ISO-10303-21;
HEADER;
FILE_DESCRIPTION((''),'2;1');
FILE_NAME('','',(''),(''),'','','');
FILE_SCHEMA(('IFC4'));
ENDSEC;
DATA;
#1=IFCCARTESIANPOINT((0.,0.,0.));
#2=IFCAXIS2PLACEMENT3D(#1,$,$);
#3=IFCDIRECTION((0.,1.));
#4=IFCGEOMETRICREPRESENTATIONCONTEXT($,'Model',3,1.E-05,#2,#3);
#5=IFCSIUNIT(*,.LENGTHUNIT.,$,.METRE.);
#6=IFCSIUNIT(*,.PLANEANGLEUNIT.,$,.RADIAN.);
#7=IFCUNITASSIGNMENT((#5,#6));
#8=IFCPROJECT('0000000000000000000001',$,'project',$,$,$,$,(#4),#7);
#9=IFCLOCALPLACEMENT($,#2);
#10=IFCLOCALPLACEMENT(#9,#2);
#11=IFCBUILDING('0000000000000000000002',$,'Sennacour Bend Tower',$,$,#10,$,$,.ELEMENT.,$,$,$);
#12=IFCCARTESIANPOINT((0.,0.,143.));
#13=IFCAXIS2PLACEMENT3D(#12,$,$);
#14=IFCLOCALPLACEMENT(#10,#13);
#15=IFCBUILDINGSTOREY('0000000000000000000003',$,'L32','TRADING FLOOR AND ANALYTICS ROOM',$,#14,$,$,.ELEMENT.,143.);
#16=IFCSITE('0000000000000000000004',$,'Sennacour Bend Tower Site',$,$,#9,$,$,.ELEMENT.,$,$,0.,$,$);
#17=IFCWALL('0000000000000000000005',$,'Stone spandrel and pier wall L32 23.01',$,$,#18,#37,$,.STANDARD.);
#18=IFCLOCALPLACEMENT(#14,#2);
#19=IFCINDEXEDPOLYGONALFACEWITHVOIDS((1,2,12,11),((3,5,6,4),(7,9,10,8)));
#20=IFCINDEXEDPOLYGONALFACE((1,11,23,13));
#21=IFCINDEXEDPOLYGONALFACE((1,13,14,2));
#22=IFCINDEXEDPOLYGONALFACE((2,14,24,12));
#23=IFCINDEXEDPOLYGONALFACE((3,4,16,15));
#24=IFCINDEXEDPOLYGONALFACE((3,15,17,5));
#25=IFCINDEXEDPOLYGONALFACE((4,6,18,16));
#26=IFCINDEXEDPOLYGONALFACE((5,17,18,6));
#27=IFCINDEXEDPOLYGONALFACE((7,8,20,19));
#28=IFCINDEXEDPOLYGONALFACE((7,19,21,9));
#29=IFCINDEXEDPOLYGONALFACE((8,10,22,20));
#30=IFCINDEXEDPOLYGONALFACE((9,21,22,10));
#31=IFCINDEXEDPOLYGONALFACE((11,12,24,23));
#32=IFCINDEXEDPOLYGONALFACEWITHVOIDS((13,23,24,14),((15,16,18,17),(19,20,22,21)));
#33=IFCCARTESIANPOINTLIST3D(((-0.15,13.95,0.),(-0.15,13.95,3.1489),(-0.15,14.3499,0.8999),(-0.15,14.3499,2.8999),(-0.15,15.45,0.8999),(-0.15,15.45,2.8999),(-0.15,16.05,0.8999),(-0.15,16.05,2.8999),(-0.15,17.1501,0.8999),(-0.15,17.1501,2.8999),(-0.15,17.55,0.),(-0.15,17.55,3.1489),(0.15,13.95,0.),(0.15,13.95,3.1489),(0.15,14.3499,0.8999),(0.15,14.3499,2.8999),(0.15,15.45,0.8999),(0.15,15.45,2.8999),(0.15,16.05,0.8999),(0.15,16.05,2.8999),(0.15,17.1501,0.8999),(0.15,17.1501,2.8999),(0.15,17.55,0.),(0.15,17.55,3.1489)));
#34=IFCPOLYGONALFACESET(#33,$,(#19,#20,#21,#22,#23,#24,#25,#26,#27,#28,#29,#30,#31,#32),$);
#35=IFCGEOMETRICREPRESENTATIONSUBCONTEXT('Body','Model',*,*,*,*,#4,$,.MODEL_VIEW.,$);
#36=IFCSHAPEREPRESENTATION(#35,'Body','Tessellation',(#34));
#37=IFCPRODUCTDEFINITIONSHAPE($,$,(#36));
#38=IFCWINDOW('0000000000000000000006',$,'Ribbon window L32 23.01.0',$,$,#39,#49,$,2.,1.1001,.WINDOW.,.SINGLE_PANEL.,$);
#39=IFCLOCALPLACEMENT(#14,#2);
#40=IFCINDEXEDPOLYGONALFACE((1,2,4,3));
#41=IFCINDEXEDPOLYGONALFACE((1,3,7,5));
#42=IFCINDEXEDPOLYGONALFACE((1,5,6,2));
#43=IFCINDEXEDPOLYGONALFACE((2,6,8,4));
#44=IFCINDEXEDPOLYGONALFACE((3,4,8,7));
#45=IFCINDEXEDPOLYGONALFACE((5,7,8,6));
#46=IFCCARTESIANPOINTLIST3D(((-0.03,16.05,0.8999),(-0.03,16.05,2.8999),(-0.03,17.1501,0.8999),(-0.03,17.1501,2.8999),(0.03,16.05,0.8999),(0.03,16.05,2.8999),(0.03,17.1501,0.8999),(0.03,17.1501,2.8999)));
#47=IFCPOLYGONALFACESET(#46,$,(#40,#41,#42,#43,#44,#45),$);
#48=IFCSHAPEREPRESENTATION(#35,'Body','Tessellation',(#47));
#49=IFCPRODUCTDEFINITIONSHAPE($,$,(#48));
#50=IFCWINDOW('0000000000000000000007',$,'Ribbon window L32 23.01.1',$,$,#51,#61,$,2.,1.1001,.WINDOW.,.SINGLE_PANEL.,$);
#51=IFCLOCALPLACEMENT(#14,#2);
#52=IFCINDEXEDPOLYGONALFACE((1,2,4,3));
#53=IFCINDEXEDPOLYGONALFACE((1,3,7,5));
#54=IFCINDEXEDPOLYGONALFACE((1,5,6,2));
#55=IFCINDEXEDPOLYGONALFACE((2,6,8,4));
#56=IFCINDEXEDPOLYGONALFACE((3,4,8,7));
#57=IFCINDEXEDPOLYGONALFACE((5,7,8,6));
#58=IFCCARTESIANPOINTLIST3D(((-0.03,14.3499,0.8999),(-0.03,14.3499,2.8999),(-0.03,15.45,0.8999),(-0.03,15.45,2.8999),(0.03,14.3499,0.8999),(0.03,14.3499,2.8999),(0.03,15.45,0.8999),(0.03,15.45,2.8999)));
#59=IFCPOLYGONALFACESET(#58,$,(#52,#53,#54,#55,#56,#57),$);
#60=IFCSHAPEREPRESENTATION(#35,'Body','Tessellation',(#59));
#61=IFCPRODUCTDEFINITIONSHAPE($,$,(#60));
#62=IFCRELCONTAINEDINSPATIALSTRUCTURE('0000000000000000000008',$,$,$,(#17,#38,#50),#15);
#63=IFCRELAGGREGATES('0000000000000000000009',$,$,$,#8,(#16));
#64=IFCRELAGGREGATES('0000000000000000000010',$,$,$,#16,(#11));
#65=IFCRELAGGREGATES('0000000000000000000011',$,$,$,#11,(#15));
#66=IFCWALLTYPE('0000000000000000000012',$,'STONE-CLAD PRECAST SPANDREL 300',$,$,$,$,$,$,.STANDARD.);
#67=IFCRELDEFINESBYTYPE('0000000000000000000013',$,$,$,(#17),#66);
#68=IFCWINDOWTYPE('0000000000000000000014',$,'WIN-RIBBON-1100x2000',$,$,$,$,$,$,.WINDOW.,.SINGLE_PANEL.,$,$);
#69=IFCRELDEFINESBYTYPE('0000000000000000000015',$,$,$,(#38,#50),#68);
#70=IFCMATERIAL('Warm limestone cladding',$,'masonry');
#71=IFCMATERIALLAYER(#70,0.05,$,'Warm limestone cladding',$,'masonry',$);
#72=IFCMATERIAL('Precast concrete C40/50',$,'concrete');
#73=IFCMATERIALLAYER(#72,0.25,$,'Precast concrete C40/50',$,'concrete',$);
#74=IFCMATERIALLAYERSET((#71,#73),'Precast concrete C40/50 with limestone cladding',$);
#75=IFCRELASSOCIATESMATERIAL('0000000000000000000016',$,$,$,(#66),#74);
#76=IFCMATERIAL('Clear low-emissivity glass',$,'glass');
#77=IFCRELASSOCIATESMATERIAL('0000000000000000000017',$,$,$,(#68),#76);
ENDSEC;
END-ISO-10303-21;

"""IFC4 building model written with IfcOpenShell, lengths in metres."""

from ifc_helpers import new_model, si_unit, direction, frame, frame_2d, origin, place, context, subcontext, project, spatial, rectangle, extrude, material, layer, layer_set, type_object, element, fill, save


model = new_model("IFC4")

# Units and contexts
model_context = context("Model", 3, precision=1e-05, world=origin(), true_north=direction((0.0, 1.0)))
body_context = subcontext(model_context, "Body", "Model", "MODEL_VIEW")
ifc_project = project(units=[si_unit("LENGTHUNIT", "METRE"), si_unit("PLANEANGLEUNIT", "RADIAN")], contexts=[model_context])

# Site, building, storey
site_placement = place(None, origin())
site = spatial("IfcSite", under=ifc_project, at=site_placement, Name="Sennacour Bend Tower Site", CompositionType="ELEMENT", RefElevation=0.0)
building_placement = place(site_placement, origin())
building = spatial("IfcBuilding", under=site, at=building_placement, Name="Sennacour Bend Tower", CompositionType="ELEMENT")
storey_placement = place(building_placement, frame((0.0, 0.0, 143.0)))
storey = spatial("IfcBuildingStorey", under=building, at=storey_placement, Name="L32", Description="TRADING FLOOR AND ANALYTICS ROOM", CompositionType="ELEMENT", Elevation=143.0)

# Shared definitions
ifc_material_1 = material(Name="Warm limestone cladding", Category="masonry")
ifc_layer_1 = layer(ifc_material_1, 0.05, Name="Warm limestone cladding", Category="masonry")
ifc_material_2 = material(Name="Precast concrete C40/50", Category="concrete")
ifc_layer_2 = layer(ifc_material_2, 0.25, Name="Precast concrete C40/50", Category="concrete")
ifc_layer_set_1 = layer_set([ifc_layer_1, ifc_layer_2], Name="Precast concrete C40/50 with limestone cladding")
wall_type_1 = type_object("IfcWallType", Name="STONE-CLAD PRECAST SPANDREL 300", PredefinedType="STANDARD", material=ifc_layer_set_1)
ifc_material_3 = material(Name="Clear low-emissivity glass", Category="glass")
window_type = type_object("IfcWindowType", Name="WIN-RIBBON-1100x2000", PartitioningType="SINGLE_PANEL", PredefinedType="WINDOW", material=ifc_material_3)

# Wall, openings, windows
wall_1_placement = place(storey_placement, frame((0.0, 17.55, 0.0), z_axis=(0.0, 0.0, 1.0), x_axis=(0.0, -1.0, 0.0)))
wall_1 = element("IfcWall", 1, at=wall_1_placement, inside=storey, type_object=wall_type_1, Name="Stone spandrel and pier wall L32 23.01", PredefinedType="STANDARD", context=body_context, shape_type="SweptSolid", body=[
    extrude(rectangle(XDim=3.6001, YDim=0.3, at=frame_2d((1.8, 0.0))), origin(), (0.0, 0.0, 1.0), 3.1489),
])
opening_1_placement = place(wall_1_placement, frame((0.3999, 0.0, 0.8999)))
opening_1 = element("IfcOpeningElement", 2, at=opening_1_placement, cuts=wall_1, PredefinedType="OPENING", context=body_context, shape_type="SweptSolid", body=[
    extrude(rectangle(XDim=1.1001, YDim=2.0, at=frame_2d((0.55, 1.0))), frame((0.0, 0.1602, 0.0), z_axis=(0.0, -1.0, 0.0), x_axis=(1.0, 0.0, 0.0)), (0.0, 0.0, 1.0), 0.3201),
])
opening_2_placement = place(wall_1_placement, frame((2.1001, 0.0, 0.8999)))
opening_2 = element("IfcOpeningElement", 3, at=opening_2_placement, cuts=wall_1, PredefinedType="OPENING", context=body_context, shape_type="SweptSolid", body=[
    extrude(rectangle(XDim=1.1001, YDim=2.0, at=frame_2d((0.55, 1.0))), frame((0.0, 0.1602, 0.0), z_axis=(0.0, -1.0, 0.0), x_axis=(1.0, 0.0, 0.0)), (0.0, 0.0, 1.0), 0.3201),
])
window_1_placement = place(opening_1_placement, origin())
window_1 = element("IfcWindow", 4, at=window_1_placement, inside=storey, type_object=window_type, Name="Ribbon window L32 23.01.0", OverallHeight=2.0, OverallWidth=1.1001, PartitioningType="SINGLE_PANEL", PredefinedType="WINDOW", context=body_context, shape_type="SweptSolid", body=[
    extrude(rectangle(XDim=1.1001, YDim=2.0, at=frame_2d((0.55, 1.0))), frame((0.0, 0.03, 0.0), z_axis=(0.0, -1.0, 0.0), x_axis=(1.0, 0.0, 0.0)), (0.0, 0.0, 1.0), 0.0601),
])
fill(opening_1, window_1)
window_2_placement = place(opening_2_placement, origin())
window_2 = element("IfcWindow", 5, at=window_2_placement, inside=storey, type_object=window_type, Name="Ribbon window L32 23.01.1", OverallHeight=2.0, OverallWidth=1.1001, PartitioningType="SINGLE_PANEL", PredefinedType="WINDOW", context=body_context, shape_type="SweptSolid", body=[
    extrude(rectangle(XDim=1.1001, YDim=2.0, at=frame_2d((0.55, 1.0))), frame((0.0, 0.03, 0.0), z_axis=(0.0, -1.0, 0.0), x_axis=(1.0, 0.0, 0.0)), (0.0, 0.0, 1.0), 0.0601),
])
fill(opening_2, window_2)

save(model, "model.ifc")
